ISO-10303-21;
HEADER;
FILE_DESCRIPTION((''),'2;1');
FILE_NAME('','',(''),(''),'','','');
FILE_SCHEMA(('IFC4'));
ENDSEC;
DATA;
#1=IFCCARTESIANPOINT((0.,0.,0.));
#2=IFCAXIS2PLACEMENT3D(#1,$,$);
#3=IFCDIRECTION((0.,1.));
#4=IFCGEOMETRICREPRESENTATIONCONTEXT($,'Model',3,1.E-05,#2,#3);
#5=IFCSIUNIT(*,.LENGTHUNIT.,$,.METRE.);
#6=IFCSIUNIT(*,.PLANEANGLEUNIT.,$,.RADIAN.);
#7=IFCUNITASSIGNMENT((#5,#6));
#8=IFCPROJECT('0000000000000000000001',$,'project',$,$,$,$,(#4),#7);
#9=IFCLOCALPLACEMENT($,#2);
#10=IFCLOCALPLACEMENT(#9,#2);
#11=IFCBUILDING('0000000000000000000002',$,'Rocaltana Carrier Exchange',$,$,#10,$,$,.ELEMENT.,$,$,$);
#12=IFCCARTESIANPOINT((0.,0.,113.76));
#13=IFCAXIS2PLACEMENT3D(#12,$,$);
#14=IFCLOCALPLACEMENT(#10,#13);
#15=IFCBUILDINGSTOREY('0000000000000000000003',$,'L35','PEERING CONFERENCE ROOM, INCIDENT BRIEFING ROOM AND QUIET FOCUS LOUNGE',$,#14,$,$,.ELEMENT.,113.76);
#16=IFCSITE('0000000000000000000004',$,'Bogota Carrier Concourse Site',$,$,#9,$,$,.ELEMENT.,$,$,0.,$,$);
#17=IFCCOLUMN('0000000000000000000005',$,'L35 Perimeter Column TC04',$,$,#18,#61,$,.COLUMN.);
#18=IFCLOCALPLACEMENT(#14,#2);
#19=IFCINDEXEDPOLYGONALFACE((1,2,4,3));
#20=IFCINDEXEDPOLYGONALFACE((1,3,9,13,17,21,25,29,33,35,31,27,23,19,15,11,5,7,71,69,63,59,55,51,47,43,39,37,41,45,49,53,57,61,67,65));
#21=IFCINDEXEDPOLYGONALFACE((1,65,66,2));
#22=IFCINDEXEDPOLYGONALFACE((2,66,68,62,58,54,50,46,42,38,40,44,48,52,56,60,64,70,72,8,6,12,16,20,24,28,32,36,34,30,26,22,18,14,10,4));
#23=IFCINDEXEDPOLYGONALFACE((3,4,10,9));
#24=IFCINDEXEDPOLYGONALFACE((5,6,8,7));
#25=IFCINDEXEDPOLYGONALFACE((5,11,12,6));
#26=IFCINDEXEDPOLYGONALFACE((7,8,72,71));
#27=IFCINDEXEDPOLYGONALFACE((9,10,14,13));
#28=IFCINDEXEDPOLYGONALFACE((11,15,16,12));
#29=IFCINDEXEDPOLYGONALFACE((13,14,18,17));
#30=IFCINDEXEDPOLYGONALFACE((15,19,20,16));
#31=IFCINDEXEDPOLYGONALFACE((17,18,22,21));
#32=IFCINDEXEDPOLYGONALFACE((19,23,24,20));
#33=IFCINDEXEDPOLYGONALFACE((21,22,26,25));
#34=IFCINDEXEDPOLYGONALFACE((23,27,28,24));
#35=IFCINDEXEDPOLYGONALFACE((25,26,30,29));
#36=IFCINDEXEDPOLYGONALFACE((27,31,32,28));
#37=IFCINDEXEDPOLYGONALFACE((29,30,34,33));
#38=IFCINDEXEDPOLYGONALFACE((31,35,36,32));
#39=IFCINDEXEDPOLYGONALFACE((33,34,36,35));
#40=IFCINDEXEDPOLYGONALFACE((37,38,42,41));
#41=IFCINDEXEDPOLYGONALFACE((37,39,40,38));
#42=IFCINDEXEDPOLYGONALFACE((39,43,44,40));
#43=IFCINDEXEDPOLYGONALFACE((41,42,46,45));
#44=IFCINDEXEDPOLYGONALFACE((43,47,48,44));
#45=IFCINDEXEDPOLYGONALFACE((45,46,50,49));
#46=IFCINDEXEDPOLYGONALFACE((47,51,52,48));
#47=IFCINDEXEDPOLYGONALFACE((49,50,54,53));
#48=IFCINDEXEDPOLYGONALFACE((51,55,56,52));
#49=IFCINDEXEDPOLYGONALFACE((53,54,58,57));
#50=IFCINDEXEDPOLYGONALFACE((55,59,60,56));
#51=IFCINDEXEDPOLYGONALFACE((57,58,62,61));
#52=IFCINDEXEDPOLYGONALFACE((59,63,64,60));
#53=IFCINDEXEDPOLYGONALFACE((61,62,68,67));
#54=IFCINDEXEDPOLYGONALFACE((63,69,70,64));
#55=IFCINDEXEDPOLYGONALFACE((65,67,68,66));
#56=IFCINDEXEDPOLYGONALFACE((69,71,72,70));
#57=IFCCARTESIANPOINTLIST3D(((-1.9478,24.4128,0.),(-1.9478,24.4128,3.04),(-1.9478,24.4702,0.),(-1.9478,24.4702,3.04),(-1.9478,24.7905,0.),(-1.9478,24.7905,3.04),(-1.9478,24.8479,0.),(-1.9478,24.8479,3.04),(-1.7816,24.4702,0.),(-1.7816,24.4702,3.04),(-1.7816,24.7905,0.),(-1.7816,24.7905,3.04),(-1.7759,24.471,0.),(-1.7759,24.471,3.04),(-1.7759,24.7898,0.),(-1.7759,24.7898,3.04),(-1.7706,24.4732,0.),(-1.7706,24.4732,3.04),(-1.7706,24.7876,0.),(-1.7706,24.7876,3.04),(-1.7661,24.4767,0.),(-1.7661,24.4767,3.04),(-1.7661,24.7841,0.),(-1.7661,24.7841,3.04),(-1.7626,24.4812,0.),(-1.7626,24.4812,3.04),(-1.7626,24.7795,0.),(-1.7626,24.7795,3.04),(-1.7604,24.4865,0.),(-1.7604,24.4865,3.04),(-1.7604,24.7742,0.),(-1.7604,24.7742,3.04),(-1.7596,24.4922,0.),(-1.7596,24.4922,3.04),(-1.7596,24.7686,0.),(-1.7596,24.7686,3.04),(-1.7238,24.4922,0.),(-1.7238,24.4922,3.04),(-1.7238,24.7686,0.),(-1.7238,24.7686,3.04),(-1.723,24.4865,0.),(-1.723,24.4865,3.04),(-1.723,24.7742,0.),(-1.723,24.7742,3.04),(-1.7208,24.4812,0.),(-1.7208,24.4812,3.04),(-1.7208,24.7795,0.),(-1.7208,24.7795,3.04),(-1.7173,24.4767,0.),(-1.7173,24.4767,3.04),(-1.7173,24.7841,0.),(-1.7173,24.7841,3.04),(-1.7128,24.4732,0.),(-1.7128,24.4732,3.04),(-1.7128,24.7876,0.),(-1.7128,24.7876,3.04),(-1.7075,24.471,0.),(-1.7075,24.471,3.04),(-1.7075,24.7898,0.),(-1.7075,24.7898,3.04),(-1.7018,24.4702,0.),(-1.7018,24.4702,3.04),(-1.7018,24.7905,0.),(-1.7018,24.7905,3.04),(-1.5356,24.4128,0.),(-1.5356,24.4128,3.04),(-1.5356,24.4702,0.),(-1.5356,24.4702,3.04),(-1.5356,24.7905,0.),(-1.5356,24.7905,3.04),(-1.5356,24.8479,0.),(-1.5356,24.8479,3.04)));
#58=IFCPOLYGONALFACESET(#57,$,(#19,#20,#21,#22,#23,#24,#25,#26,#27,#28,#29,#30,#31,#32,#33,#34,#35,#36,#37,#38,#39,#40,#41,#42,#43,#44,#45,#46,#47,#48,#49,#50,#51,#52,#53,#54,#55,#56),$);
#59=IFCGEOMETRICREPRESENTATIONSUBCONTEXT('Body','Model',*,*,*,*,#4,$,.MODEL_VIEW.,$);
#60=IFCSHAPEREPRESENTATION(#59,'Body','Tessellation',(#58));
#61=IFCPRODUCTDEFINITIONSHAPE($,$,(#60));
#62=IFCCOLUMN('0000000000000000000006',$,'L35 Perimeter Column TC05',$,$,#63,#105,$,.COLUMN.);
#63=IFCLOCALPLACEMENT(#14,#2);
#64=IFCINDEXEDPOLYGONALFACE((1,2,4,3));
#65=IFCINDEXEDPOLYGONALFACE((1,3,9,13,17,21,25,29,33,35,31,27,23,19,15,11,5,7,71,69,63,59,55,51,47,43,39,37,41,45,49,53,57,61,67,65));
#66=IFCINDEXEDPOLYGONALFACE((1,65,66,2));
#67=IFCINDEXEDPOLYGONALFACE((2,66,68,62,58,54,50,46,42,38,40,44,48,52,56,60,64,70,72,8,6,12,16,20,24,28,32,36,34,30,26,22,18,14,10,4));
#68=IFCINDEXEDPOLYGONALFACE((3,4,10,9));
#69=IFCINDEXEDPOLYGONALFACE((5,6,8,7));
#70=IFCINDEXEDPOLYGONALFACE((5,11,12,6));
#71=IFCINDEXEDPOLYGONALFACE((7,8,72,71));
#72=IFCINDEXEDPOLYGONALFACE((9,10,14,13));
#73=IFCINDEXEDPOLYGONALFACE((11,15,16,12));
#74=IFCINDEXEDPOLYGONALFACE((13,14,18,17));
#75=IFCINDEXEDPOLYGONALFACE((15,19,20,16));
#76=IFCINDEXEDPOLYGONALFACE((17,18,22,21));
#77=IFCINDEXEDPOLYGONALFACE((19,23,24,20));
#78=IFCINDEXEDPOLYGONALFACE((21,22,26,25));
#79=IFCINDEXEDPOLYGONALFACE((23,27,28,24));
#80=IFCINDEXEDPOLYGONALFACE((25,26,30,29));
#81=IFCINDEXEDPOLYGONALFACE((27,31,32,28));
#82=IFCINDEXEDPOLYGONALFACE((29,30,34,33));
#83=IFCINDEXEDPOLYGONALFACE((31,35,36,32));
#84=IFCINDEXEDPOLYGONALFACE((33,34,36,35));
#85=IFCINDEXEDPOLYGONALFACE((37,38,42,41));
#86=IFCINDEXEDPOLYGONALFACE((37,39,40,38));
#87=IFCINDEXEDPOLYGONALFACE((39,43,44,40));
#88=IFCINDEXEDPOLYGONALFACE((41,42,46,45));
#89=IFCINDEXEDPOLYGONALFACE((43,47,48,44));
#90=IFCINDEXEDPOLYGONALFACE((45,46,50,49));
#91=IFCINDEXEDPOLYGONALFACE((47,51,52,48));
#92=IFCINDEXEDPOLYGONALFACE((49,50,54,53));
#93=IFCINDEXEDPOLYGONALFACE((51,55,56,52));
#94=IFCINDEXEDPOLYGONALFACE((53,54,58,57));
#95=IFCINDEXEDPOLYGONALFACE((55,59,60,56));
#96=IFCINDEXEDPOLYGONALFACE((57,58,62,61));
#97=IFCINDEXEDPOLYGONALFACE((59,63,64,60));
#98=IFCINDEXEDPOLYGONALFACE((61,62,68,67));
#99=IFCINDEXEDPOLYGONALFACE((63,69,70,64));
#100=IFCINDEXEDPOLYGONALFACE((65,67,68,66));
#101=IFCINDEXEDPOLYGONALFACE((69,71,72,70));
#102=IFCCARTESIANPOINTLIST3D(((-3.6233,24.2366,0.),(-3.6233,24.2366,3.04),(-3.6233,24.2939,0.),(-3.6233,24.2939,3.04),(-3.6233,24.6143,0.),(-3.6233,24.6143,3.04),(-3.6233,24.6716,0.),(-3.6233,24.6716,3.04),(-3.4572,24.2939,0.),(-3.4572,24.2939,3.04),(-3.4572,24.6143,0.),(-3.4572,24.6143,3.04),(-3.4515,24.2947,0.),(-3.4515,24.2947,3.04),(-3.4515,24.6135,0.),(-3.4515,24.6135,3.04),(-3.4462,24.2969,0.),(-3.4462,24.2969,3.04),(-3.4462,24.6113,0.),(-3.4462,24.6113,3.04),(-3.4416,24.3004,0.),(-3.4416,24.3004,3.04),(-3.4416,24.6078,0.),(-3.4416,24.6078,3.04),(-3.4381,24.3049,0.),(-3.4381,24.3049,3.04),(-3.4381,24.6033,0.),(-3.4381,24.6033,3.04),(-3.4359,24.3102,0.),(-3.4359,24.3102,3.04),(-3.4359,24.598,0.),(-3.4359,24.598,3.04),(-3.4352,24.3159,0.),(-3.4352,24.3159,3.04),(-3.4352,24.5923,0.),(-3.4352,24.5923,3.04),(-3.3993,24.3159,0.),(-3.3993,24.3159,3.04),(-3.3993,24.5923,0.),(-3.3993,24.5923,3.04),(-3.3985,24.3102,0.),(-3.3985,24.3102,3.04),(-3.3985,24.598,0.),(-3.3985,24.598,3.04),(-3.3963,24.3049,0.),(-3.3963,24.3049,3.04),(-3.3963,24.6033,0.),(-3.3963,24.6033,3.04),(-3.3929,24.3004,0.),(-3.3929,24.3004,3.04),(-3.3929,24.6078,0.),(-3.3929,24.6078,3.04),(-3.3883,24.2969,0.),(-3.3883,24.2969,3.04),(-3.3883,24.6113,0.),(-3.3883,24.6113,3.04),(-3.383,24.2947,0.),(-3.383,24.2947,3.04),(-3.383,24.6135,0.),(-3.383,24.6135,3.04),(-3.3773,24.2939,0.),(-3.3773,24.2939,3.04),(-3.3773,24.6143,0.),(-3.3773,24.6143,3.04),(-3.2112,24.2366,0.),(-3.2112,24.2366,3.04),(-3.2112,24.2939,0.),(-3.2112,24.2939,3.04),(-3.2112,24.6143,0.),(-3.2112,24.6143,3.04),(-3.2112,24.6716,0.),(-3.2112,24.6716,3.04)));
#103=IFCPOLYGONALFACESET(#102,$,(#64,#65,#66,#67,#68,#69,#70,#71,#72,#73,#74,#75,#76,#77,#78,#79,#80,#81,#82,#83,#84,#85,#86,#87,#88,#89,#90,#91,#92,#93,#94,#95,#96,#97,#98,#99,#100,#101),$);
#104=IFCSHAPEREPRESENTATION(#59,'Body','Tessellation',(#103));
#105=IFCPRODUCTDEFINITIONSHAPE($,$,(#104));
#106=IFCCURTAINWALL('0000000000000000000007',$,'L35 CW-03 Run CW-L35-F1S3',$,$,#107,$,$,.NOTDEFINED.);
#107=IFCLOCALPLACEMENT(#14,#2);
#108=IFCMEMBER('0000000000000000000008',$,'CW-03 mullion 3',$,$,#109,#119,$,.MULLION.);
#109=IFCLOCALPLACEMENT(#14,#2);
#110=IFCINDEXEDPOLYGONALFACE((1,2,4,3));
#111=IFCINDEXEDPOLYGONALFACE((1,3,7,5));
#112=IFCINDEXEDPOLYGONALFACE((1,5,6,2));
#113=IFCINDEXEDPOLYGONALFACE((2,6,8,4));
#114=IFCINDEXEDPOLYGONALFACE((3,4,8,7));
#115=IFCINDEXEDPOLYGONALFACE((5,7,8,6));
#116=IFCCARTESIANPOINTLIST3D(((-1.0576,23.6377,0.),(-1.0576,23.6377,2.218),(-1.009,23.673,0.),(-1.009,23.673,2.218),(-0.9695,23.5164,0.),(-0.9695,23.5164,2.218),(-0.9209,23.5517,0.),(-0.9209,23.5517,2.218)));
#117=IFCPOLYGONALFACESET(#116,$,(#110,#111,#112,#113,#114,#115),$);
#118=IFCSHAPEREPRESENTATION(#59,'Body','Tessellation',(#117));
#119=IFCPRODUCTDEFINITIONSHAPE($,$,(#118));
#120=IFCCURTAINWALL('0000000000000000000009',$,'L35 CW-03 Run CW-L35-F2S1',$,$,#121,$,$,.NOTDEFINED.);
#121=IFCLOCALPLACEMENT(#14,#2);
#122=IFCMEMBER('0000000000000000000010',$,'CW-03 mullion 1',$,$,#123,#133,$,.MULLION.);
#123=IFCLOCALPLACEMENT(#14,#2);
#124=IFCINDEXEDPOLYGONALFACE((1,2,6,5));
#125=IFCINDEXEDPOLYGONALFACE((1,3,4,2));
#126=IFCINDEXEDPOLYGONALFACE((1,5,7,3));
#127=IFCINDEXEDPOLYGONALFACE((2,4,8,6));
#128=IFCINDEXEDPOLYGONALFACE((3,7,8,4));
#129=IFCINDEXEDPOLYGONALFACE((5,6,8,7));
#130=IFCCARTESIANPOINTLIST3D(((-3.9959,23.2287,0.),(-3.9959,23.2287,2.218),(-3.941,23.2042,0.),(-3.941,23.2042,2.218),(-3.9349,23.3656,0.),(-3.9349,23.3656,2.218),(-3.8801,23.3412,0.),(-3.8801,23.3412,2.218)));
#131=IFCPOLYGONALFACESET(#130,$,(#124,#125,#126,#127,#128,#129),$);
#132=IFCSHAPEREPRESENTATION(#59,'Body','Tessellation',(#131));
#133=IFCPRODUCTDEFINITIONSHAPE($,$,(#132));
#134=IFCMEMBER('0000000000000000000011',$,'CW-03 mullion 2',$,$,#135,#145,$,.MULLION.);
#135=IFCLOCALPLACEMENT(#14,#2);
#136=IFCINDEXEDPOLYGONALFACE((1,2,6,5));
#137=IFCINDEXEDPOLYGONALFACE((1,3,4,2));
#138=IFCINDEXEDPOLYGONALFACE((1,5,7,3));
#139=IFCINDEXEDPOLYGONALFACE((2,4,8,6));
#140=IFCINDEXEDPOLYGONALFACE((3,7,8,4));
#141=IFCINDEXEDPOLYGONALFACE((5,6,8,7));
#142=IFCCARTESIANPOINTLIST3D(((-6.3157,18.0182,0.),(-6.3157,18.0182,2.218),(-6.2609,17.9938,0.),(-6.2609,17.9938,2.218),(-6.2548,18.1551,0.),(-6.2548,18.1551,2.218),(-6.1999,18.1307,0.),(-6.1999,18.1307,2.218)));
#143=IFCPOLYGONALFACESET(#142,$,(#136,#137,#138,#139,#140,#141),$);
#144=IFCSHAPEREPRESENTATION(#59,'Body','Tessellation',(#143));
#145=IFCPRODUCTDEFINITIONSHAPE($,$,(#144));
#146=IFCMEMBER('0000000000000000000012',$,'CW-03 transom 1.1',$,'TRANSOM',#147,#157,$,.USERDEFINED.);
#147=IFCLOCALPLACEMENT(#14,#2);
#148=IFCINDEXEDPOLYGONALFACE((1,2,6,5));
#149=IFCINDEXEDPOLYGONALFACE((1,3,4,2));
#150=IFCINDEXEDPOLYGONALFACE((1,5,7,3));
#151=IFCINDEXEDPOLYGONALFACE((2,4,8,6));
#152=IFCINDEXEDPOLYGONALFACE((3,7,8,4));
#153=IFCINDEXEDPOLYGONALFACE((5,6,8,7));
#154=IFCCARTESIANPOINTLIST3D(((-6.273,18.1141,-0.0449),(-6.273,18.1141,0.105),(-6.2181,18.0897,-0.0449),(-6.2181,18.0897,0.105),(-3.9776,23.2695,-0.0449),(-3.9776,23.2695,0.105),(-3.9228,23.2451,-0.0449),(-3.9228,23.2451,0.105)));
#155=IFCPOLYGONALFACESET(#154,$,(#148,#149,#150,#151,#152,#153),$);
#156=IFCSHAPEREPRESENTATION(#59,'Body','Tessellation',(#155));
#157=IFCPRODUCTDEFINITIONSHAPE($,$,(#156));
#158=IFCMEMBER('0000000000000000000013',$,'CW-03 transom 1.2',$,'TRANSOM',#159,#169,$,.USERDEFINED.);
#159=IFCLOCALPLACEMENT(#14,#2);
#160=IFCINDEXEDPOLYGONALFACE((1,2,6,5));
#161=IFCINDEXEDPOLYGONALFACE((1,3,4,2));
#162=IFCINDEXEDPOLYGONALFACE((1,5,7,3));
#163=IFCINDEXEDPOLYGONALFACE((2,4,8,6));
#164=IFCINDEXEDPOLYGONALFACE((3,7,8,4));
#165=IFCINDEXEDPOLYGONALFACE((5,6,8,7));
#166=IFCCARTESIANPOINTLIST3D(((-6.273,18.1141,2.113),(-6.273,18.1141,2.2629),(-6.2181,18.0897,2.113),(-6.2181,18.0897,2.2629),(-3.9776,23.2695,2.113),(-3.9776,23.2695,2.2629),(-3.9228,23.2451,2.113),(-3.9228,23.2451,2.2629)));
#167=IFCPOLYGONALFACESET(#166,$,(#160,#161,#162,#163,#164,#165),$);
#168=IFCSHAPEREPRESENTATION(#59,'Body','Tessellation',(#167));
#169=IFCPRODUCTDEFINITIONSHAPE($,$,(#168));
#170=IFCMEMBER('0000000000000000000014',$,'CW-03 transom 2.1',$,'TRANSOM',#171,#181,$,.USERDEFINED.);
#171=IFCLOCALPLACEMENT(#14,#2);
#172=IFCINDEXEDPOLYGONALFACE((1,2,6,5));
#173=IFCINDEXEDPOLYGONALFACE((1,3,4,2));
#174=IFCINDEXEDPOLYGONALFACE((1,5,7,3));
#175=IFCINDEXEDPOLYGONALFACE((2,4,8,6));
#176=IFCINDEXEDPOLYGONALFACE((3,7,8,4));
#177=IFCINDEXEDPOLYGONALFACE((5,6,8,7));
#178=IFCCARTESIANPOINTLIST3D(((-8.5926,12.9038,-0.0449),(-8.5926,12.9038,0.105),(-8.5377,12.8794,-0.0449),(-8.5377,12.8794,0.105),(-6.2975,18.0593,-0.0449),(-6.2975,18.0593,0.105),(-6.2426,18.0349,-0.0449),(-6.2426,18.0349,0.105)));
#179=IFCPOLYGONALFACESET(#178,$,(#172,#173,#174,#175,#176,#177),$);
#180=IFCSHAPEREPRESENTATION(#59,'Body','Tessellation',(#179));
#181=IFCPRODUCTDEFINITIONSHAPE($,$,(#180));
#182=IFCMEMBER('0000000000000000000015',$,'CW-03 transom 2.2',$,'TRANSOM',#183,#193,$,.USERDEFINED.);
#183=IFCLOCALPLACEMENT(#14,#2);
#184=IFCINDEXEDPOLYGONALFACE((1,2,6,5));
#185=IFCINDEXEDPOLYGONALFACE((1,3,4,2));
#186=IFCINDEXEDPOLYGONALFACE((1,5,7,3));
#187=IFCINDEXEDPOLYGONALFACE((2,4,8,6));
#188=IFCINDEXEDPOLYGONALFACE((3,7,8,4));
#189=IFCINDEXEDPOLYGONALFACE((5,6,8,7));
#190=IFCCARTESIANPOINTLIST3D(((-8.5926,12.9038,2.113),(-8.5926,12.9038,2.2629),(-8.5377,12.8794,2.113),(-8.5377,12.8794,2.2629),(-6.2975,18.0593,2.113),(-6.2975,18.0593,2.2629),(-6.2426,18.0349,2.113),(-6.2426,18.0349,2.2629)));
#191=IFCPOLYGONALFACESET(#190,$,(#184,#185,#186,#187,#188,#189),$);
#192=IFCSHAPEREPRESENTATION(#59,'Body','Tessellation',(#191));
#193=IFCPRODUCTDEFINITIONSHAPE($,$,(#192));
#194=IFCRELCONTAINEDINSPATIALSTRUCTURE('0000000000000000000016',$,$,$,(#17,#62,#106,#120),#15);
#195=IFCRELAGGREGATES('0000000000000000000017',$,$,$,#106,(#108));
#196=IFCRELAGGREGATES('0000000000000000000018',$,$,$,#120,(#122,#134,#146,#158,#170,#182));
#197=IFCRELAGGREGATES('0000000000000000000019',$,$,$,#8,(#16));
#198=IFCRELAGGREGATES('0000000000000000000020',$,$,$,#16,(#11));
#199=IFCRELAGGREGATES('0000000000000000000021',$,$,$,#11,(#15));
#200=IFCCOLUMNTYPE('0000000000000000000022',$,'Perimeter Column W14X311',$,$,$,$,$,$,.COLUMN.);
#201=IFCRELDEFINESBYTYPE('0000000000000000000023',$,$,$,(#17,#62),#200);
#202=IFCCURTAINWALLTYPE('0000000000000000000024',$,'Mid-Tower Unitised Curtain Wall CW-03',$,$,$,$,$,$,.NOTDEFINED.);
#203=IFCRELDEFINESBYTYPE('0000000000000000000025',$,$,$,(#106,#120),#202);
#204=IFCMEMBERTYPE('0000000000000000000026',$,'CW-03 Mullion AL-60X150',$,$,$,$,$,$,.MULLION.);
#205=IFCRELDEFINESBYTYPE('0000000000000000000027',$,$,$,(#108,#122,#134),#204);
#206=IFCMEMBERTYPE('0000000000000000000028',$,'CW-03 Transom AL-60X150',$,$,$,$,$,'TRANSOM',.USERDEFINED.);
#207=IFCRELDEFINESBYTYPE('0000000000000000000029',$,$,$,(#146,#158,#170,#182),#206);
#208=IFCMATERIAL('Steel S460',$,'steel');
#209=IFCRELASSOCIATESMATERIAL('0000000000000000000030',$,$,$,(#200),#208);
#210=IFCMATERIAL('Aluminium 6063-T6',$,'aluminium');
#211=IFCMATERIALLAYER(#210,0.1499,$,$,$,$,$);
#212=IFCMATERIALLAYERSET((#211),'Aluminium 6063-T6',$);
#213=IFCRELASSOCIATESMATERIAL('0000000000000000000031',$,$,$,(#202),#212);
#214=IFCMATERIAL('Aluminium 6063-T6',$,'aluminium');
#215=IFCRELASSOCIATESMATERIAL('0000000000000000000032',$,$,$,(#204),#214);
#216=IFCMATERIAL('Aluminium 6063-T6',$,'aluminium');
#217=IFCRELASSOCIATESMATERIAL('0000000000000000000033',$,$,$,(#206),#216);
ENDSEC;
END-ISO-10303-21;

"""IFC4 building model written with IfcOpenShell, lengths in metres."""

from ifc_helpers import new_model, si_unit, direction, frame, origin, origin_2d, place, context, subcontext, project, spatial, rectangle, i_section, extrude, material, layer, layer_set, material_profile, profile_set, type_object, element, aggregate, save


model = new_model("IFC4")

# Units and contexts
model_context = context("Model", 3, precision=1e-05, world=origin(), true_north=direction((0.0, 1.0)))
body_context = subcontext(model_context, "Body", "Model", "MODEL_VIEW")
ifc_project = project(units=[si_unit("LENGTHUNIT", "METRE"), si_unit("PLANEANGLEUNIT", "RADIAN")], contexts=[model_context])

# Site, building, storey
site_placement = place(None, origin())
site = spatial("IfcSite", under=ifc_project, at=site_placement, Name="Bogota Carrier Concourse Site", CompositionType="ELEMENT", RefElevation=0.0)
building_placement = place(site_placement, origin())
building = spatial("IfcBuilding", under=site, at=building_placement, Name="Rocaltana Carrier Exchange", CompositionType="ELEMENT")
storey_placement = place(building_placement, frame((0.0, 0.0, 113.76)))
storey = spatial("IfcBuildingStorey", under=building, at=storey_placement, Name="L35", Description="PEERING CONFERENCE ROOM, INCIDENT BRIEFING ROOM AND QUIET FOCUS LOUNGE", CompositionType="ELEMENT", Elevation=113.76)

# Columns
ifc_material_1 = material(Name="Steel S460", Category="steel")
ifc_material_profile_1 = material_profile(ifc_material_1, i_section(OverallWidth=0.4121, OverallDepth=0.4351, WebThickness=0.0359, FlangeThickness=0.0574, FilletRadius=0.022, at=origin_2d()), Name="W14X311")
ifc_profile_set_1 = profile_set([ifc_material_profile_1], Name="Steel S460")
column_type = type_object("IfcColumnType", Name="Perimeter Column W14X311", PredefinedType="COLUMN", material=ifc_profile_set_1)
for number, where, z_axis, x_axis, name in (
    (1, (-1.7417, 24.6304, 0.0), (0.0, 0.0, 1.0), (1.0, 0.0, 0.0), "L35 Perimeter Column TC04"),
    (2, (-3.4172, 24.4541, 0.0), (0.0, 0.0, 1.0), (1.0, 0.0, 0.0), "L35 Perimeter Column TC05"),
):
    element("IfcColumn", number, at=place(storey_placement, frame(where, z_axis=z_axis, x_axis=x_axis)), inside=storey, type_object=column_type, Name=name, PredefinedType="COLUMN", context=body_context, shape_type="SweptSolid", body=[
        extrude(i_section(OverallWidth=0.4121, OverallDepth=0.4351, WebThickness=0.0359, FlangeThickness=0.0574, FilletRadius=0.022, at=origin_2d()), origin(), (0.0, 0.0, 1.0), 3.04),
    ])

# Curtain wall, member
ifc_material_2 = material(Name="Aluminium 6063-T6", Category="aluminium")
ifc_layer_1 = layer(ifc_material_2, 0.1499)
ifc_layer_set_1 = layer_set([ifc_layer_1], Name="Aluminium 6063-T6")
curtain_wall_type = type_object("IfcCurtainWallType", Name="Mid-Tower Unitised Curtain Wall CW-03", PredefinedType="NOTDEFINED", material=ifc_layer_set_1)
curtain_wall_1_placement = place(storey_placement, origin())
curtain_wall_1 = element("IfcCurtainWall", 3, at=curtain_wall_1_placement, inside=storey, type_object=curtain_wall_type, Name="L35 CW-03 Run CW-L35-F1S3", PredefinedType="NOTDEFINED")
ifc_material_3 = material(Name="Aluminium 6063-T6", Category="aluminium")
ifc_material_profile_2 = material_profile(ifc_material_3, rectangle(XDim=0.0601, YDim=0.1499, at=origin_2d()), Name="AL-60X150")
ifc_profile_set_2 = profile_set([ifc_material_profile_2], Name="Aluminium 6063-T6")
member_type_1 = type_object("IfcMemberType", Name="CW-03 Mullion AL-60X150", PredefinedType="MULLION", material=ifc_profile_set_2)
member_1_placement = place(storey_placement, frame((-0.9893, 23.5947, 0.0), z_axis=(0.0, 0.0, 1.0), x_axis=(-0.809014, -0.58779, 0.0)))
member_1 = element("IfcMember", 4, at=member_1_placement, type_object=member_type_1, Name="CW-03 mullion 3", PredefinedType="MULLION", context=body_context, shape_type="SweptSolid", body=[
    extrude(rectangle(XDim=0.0601, YDim=0.1499, at=origin_2d()), origin(), (0.0, 0.0, 1.0), 2.218),
])
aggregate(curtain_wall_1, [member_1])

# Curtain wall, members
curtain_wall_2_placement = place(storey_placement, origin())
curtain_wall_2 = element("IfcCurtainWall", 5, at=curtain_wall_2_placement, inside=storey, type_object=curtain_wall_type, Name="L35 CW-03 Run CW-L35-F2S1", PredefinedType="NOTDEFINED")
member_2_placement = place(storey_placement, frame((-3.938, 23.2849, 0.0), z_axis=(0.0, 0.0, 1.0), x_axis=(0.913544, -0.40674, 0.0)))
member_2 = element("IfcMember", 6, at=member_2_placement, type_object=member_type_1, Name="CW-03 mullion 1", PredefinedType="MULLION", context=body_context, shape_type="SweptSolid", body=[
    extrude(rectangle(XDim=0.0601, YDim=0.1499, at=origin_2d()), origin(), (0.0, 0.0, 1.0), 2.218),
])
member_3_placement = place(storey_placement, frame((-6.2578, 18.0745, 0.0), z_axis=(0.0, 0.0, 1.0), x_axis=(0.913544, -0.40674, 0.0)))
member_3 = element("IfcMember", 7, at=member_3_placement, type_object=member_type_1, Name="CW-03 mullion 2", PredefinedType="MULLION", context=body_context, shape_type="SweptSolid", body=[
    extrude(rectangle(XDim=0.0601, YDim=0.1499, at=origin_2d()), origin(), (0.0, 0.0, 1.0), 2.218),
])
ifc_material_4 = material(Name="Aluminium 6063-T6", Category="aluminium")
ifc_material_profile_3 = material_profile(ifc_material_4, rectangle(XDim=0.0601, YDim=0.1499, at=origin_2d()), Name="AL-60X150")
ifc_profile_set_3 = profile_set([ifc_material_profile_3], Name="Aluminium 6063-T6")
member_type_2 = type_object("IfcMemberType", Name="CW-03 Transom AL-60X150", ElementType="TRANSOM", PredefinedType="USERDEFINED", material=ifc_profile_set_3)
member_4_placement = place(storey_placement, frame((-3.9502, 23.2573, 0.03), z_axis=(-0.40674, -0.913544, 0.0), x_axis=(0.913544, -0.40674, 0.0)))
member_4 = element("IfcMember", 8, at=member_4_placement, type_object=member_type_2, Name="CW-03 transom 1.1", ObjectType="TRANSOM", PredefinedType="USERDEFINED", context=body_context, shape_type="SweptSolid", body=[
    extrude(rectangle(XDim=0.0601, YDim=0.1499, at=origin_2d()), origin(), (0.0, 0.0, 1.0), 5.6433),
])
member_5_placement = place(storey_placement, frame((-3.9502, 23.2573, 2.188), z_axis=(-0.40674, -0.913544, 0.0), x_axis=(0.913544, -0.40674, 0.0)))
member_5 = element("IfcMember", 9, at=member_5_placement, type_object=member_type_2, Name="CW-03 transom 1.2", ObjectType="TRANSOM", PredefinedType="USERDEFINED", context=body_context, shape_type="SweptSolid", body=[
    extrude(rectangle(XDim=0.0601, YDim=0.1499, at=origin_2d()), origin(), (0.0, 0.0, 1.0), 5.6433),
])
member_6_placement = place(storey_placement, frame((-6.27, 18.0471, 0.03), z_axis=(-0.406704, -0.91356, 0.0), x_axis=(0.91356, -0.406704, 0.0)))
member_6 = element("IfcMember", 10, at=member_6_placement, type_object=member_type_2, Name="CW-03 transom 2.1", ObjectType="TRANSOM", PredefinedType="USERDEFINED", context=body_context, shape_type="SweptSolid", body=[
    extrude(rectangle(XDim=0.0601, YDim=0.1499, at=origin_2d()), origin(), (0.0, 0.0, 1.0), 5.6433),
])
member_7_placement = place(storey_placement, frame((-6.27, 18.0471, 2.188), z_axis=(-0.406704, -0.91356, 0.0), x_axis=(0.91356, -0.406704, 0.0)))
member_7 = element("IfcMember", 11, at=member_7_placement, type_object=member_type_2, Name="CW-03 transom 2.2", ObjectType="TRANSOM", PredefinedType="USERDEFINED", context=body_context, shape_type="SweptSolid", body=[
    extrude(rectangle(XDim=0.0601, YDim=0.1499, at=origin_2d()), origin(), (0.0, 0.0, 1.0), 5.6433),
])

aggregate(curtain_wall_2, [member_2, member_3, member_4, member_5, member_6, member_7])

save(model, "model.ifc")
